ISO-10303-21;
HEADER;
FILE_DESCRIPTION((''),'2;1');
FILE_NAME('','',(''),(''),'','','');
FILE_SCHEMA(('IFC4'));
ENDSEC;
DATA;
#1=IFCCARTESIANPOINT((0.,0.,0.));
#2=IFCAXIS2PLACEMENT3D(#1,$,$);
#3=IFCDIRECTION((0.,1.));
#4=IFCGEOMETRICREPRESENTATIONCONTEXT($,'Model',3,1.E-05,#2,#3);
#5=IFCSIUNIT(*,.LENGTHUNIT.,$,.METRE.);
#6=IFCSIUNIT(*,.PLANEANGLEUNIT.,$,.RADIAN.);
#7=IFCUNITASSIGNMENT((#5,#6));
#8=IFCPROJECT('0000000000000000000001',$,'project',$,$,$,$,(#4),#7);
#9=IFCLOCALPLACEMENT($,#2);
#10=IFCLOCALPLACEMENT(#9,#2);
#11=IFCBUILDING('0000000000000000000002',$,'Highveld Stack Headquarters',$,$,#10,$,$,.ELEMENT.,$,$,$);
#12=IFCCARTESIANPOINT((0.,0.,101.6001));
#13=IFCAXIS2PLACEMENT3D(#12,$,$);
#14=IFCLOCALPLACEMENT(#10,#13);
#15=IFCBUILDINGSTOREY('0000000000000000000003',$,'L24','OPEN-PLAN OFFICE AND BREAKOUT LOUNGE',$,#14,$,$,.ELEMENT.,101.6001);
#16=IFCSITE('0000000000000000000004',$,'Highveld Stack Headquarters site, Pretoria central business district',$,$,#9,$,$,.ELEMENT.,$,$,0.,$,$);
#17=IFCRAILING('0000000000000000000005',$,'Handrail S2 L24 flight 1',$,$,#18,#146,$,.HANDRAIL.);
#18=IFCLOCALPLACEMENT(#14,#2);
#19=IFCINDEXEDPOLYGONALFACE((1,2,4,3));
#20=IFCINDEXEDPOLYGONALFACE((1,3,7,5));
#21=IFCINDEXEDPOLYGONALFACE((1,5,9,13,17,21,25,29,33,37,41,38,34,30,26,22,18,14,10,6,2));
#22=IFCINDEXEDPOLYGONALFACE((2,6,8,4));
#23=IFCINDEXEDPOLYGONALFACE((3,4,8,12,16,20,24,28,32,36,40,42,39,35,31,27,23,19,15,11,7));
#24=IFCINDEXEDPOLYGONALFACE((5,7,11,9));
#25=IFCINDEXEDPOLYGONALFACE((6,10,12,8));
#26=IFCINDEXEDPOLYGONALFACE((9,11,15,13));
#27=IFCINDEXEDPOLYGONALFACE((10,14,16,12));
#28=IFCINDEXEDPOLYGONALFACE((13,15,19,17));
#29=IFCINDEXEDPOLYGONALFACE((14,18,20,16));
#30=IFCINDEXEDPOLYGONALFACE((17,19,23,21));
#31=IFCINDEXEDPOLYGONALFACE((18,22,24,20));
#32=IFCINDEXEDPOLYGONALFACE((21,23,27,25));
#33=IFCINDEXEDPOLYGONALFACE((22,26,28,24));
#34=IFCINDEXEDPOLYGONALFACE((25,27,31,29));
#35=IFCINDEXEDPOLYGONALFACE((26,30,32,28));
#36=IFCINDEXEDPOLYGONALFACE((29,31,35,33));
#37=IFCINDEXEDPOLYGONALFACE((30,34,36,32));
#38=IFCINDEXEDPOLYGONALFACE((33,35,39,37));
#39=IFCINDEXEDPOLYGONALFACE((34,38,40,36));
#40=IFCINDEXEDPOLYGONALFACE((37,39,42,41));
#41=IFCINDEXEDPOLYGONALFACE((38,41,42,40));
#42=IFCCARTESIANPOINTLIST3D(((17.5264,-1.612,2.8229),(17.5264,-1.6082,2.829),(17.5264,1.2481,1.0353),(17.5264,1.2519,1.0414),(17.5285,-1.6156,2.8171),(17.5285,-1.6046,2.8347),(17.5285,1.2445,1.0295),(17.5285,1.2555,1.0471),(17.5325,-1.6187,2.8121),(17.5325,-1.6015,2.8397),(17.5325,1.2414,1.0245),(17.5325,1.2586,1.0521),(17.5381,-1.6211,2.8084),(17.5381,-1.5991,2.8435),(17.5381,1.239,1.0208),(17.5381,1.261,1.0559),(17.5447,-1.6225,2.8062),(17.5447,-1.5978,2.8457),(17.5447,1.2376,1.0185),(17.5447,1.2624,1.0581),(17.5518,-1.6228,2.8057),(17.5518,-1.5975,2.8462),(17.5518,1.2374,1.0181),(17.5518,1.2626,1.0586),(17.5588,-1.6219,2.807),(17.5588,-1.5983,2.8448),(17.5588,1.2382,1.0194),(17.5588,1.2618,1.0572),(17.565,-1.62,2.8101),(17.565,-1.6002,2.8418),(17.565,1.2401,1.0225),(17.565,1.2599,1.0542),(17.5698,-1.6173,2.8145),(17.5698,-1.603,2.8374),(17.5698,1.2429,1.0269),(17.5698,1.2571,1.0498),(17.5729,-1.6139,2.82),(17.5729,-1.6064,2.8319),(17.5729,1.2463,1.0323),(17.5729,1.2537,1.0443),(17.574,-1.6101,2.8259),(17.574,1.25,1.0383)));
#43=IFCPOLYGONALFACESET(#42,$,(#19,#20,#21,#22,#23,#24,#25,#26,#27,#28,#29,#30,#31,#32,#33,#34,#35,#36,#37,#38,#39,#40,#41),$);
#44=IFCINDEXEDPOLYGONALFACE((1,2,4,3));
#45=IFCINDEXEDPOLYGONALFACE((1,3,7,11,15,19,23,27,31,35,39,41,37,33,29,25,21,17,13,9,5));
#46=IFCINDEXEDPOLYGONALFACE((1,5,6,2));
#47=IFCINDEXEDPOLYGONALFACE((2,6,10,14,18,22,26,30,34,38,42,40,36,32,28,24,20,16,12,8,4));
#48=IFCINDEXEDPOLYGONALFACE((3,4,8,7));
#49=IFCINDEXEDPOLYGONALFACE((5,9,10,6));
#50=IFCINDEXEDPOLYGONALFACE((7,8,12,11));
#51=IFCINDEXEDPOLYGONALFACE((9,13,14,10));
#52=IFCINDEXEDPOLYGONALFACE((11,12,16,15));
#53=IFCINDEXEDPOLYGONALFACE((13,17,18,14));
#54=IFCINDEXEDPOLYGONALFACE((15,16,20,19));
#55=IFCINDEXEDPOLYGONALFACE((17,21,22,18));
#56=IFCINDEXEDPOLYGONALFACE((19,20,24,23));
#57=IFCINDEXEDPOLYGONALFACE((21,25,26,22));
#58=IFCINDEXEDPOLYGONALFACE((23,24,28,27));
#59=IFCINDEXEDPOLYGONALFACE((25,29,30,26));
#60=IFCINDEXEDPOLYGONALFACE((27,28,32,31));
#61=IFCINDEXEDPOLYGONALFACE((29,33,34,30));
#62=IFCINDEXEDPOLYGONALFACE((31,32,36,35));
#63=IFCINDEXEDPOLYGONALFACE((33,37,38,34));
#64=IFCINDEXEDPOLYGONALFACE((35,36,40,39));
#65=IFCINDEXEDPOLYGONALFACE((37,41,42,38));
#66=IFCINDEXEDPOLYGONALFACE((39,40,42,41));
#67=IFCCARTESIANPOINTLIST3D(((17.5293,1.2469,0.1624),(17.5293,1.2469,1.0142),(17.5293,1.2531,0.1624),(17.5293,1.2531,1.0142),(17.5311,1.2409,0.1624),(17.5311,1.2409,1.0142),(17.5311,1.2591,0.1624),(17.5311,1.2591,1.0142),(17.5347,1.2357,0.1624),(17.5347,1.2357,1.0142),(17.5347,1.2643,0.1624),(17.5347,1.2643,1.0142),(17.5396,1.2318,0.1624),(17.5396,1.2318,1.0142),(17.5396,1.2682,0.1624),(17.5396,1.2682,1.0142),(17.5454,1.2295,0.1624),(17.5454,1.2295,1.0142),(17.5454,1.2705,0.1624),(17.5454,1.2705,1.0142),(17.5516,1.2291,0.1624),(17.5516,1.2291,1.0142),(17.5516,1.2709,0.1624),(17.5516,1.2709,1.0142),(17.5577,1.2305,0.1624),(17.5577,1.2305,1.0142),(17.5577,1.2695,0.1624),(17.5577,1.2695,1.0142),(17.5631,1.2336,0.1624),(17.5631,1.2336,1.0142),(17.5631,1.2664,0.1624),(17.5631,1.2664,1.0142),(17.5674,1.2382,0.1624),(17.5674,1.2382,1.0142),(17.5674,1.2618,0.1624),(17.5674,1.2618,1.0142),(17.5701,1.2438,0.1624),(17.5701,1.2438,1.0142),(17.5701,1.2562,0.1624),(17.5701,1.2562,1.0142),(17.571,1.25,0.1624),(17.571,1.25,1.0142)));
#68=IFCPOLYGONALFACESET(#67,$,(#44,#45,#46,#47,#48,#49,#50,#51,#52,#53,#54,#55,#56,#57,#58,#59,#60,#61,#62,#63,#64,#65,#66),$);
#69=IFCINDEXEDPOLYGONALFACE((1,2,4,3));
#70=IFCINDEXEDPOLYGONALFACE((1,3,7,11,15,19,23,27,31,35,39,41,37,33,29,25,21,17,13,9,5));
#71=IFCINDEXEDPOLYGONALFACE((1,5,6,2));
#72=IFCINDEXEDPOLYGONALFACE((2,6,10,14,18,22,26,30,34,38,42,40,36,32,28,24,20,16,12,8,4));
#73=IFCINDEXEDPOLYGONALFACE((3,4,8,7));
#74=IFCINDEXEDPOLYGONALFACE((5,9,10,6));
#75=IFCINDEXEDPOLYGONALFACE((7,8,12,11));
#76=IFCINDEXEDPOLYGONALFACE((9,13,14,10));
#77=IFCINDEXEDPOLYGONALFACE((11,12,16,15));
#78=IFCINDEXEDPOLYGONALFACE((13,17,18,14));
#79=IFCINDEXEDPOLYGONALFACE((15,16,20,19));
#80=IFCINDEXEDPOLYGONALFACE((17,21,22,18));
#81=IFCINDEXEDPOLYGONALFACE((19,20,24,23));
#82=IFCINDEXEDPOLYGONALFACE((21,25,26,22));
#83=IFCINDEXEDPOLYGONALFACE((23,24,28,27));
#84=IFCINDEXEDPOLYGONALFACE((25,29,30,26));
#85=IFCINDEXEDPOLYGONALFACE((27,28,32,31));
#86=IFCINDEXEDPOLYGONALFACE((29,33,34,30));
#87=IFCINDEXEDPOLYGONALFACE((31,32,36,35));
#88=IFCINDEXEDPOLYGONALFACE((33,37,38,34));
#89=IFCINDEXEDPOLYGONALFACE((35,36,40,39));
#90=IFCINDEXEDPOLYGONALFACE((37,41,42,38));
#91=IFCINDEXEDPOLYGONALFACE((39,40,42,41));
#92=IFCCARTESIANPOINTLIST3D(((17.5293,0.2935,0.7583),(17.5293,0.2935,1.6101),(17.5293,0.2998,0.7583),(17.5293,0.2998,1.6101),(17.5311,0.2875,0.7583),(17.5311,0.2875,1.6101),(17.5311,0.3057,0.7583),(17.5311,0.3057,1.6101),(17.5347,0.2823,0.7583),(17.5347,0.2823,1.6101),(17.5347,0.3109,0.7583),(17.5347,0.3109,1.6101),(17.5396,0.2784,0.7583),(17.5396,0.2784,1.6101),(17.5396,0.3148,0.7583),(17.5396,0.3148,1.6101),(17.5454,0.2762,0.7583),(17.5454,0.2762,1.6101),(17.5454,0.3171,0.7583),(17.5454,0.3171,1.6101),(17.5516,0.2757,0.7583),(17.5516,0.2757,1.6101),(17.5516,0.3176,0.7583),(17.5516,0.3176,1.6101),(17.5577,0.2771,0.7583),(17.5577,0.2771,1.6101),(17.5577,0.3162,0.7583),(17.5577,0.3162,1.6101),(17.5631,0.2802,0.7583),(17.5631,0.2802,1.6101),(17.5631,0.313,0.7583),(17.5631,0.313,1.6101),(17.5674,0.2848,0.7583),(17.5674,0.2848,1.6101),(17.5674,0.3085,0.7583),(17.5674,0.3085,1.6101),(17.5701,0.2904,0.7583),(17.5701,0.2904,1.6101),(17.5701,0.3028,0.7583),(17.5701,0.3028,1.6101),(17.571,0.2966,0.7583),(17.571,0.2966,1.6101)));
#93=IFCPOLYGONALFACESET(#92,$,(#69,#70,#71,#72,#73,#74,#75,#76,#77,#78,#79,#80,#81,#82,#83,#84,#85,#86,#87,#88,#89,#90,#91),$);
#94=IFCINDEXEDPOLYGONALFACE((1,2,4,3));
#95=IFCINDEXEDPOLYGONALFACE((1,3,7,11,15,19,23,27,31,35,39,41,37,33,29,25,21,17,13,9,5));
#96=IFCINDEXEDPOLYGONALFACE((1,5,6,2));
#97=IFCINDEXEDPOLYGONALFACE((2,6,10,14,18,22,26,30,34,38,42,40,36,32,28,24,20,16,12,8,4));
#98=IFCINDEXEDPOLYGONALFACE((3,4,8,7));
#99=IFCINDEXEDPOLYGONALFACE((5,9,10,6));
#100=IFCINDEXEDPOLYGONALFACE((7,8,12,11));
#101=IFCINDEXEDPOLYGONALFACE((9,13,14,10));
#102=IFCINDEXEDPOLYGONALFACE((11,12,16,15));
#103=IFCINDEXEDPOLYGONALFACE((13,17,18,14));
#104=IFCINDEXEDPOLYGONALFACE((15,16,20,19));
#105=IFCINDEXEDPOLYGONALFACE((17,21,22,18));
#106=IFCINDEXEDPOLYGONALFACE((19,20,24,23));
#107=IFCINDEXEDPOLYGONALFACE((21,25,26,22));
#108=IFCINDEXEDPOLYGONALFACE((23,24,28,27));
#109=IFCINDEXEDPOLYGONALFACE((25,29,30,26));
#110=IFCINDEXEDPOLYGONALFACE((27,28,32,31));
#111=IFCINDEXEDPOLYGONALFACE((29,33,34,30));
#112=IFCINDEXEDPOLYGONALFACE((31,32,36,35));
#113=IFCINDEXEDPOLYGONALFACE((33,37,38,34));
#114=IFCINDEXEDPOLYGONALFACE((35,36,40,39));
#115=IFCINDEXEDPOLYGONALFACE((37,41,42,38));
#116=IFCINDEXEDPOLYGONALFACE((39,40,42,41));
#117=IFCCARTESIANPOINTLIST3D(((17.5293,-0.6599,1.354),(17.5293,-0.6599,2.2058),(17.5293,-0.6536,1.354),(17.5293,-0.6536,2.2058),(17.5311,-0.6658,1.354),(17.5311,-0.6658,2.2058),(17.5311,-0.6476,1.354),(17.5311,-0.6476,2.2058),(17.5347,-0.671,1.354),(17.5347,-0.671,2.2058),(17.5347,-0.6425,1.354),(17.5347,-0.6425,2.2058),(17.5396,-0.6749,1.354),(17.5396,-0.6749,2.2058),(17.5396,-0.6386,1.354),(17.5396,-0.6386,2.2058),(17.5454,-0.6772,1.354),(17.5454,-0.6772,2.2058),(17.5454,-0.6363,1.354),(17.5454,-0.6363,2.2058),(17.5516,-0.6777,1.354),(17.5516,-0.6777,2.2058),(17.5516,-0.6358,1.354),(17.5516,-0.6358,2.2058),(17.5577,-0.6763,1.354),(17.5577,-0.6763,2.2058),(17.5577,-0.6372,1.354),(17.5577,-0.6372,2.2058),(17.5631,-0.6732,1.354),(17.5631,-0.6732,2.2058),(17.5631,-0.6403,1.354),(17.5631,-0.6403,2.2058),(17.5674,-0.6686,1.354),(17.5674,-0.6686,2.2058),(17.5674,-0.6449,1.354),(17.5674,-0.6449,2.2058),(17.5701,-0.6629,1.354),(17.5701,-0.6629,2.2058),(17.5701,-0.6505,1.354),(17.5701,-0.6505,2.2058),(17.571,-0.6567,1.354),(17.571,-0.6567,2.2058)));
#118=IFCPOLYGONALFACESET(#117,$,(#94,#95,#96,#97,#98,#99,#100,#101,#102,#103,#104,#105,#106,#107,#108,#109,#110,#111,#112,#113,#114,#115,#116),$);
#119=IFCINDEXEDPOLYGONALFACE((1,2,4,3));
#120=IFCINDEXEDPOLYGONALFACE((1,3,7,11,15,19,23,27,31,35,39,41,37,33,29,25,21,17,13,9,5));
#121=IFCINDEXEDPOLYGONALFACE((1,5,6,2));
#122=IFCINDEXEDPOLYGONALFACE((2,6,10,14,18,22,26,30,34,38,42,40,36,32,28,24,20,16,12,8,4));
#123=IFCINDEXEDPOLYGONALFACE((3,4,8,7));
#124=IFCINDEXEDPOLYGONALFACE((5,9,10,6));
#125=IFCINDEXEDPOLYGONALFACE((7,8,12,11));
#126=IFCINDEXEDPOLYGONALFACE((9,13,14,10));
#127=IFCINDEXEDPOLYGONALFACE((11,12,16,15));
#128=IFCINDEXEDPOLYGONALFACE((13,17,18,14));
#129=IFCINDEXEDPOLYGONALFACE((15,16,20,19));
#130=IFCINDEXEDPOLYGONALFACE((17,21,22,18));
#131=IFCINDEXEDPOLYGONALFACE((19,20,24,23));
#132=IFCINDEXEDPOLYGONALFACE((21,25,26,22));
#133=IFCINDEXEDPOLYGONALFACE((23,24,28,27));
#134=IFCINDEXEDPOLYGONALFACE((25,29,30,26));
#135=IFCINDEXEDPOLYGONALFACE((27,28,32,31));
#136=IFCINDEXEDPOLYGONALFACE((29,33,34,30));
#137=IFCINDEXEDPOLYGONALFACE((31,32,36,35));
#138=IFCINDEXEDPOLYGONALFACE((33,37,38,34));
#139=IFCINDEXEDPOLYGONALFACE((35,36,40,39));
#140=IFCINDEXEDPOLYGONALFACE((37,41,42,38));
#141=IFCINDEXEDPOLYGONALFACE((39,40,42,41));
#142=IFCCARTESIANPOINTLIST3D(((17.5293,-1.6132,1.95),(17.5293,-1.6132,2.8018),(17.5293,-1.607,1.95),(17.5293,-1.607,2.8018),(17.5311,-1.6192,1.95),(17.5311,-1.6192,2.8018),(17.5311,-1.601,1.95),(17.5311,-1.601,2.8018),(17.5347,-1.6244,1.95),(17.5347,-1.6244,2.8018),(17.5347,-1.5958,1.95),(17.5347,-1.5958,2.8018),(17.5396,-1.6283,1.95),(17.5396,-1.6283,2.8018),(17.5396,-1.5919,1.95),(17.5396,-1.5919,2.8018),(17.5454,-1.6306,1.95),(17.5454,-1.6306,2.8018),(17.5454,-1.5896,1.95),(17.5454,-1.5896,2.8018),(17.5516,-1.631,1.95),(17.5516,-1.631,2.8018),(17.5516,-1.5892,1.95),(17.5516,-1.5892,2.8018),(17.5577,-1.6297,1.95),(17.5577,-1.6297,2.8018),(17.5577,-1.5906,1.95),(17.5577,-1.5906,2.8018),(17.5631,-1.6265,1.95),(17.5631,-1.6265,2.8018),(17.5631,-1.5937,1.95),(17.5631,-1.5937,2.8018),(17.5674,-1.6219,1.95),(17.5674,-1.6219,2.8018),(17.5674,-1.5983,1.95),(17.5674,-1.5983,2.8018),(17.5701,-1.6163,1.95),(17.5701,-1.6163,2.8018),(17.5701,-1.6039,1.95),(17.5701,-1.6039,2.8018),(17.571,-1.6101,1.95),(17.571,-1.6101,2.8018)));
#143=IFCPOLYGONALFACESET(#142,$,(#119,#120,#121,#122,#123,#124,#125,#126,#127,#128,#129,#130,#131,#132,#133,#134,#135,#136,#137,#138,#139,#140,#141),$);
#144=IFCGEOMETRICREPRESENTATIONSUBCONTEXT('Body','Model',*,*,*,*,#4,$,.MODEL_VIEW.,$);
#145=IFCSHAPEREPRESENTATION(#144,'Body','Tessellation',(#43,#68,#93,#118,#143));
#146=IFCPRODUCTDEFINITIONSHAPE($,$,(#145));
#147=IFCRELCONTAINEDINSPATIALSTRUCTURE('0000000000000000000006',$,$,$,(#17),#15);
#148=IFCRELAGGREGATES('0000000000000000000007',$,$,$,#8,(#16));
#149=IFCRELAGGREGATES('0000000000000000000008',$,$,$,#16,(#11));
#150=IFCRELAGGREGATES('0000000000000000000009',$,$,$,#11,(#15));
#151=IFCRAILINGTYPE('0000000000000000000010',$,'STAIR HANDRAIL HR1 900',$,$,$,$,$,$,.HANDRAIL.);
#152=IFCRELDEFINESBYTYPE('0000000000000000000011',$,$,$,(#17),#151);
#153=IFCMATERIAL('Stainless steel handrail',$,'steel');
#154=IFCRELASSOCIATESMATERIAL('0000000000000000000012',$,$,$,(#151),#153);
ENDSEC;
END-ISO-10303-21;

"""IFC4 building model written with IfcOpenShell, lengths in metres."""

from ifc_helpers import new_model, si_unit, direction, frame, origin, origin_2d, place, context, subcontext, project, spatial, circle, extrude, material, type_object, element, save


model = new_model("IFC4")

# Units and contexts
model_context = context("Model", 3, precision=1e-05, world=origin(), true_north=direction((0.0, 1.0)))
body_context = subcontext(model_context, "Body", "Model", "MODEL_VIEW")
ifc_project = project(units=[si_unit("LENGTHUNIT", "METRE"), si_unit("PLANEANGLEUNIT", "RADIAN")], contexts=[model_context])

# Site, building, storey
site_placement = place(None, origin())
site = spatial("IfcSite", under=ifc_project, at=site_placement, Name="Highveld Stack Headquarters site, Pretoria central business district", CompositionType="ELEMENT", RefElevation=0.0)
building_placement = place(site_placement, origin())
building = spatial("IfcBuilding", under=site, at=building_placement, Name="Highveld Stack Headquarters", CompositionType="ELEMENT")
storey_placement = place(building_placement, frame((0.0, 0.0, 101.6001)))
storey = spatial("IfcBuildingStorey", under=building, at=storey_placement, Name="L24", Description="OPEN-PLAN OFFICE AND BREAKOUT LOUNGE", CompositionType="ELEMENT", Elevation=101.6001)

# Railing
ifc_material_1 = material(Name="Stainless steel handrail", Category="steel")
railing_type = type_object("IfcRailingType", Name="STAIR HANDRAIL HR1 900", PredefinedType="HANDRAIL", material=ifc_material_1)
railing_placement = place(storey_placement, frame((17.55, 1.25, 0.1624)))
element("IfcRailing", 1, at=railing_placement, inside=storey, type_object=railing_type, Name="Handrail S2 L24 flight 1", PredefinedType="HANDRAIL", context=body_context, shape_type="SweptSolid", body=[
    extrude(circle(Radius=0.0239, at=origin_2d()), frame((0.0, 0.0, 0.876), z_axis=(0.0, -0.847994, 0.530005), x_axis=(1.0, 0.0, 0.0)), (0.0, 0.0, 1.0), 3.3728),
    extrude(circle(Radius=0.021, at=origin_2d()), origin(), (0.0, 0.0, 1.0), 0.8518),
    extrude(circle(Radius=0.021, at=origin_2d()), frame((0.0, -0.9534, 0.5959)), (0.0, 0.0, 1.0), 0.8518),
    extrude(circle(Radius=0.021, at=origin_2d()), frame((0.0, -1.9067, 1.1917)), (0.0, 0.0, 1.0), 0.8518),
    extrude(circle(Radius=0.021, at=origin_2d()), frame((0.0, -2.8601, 1.7876)), (0.0, 0.0, 1.0), 0.8518),
])

save(model, "model.ifc")
